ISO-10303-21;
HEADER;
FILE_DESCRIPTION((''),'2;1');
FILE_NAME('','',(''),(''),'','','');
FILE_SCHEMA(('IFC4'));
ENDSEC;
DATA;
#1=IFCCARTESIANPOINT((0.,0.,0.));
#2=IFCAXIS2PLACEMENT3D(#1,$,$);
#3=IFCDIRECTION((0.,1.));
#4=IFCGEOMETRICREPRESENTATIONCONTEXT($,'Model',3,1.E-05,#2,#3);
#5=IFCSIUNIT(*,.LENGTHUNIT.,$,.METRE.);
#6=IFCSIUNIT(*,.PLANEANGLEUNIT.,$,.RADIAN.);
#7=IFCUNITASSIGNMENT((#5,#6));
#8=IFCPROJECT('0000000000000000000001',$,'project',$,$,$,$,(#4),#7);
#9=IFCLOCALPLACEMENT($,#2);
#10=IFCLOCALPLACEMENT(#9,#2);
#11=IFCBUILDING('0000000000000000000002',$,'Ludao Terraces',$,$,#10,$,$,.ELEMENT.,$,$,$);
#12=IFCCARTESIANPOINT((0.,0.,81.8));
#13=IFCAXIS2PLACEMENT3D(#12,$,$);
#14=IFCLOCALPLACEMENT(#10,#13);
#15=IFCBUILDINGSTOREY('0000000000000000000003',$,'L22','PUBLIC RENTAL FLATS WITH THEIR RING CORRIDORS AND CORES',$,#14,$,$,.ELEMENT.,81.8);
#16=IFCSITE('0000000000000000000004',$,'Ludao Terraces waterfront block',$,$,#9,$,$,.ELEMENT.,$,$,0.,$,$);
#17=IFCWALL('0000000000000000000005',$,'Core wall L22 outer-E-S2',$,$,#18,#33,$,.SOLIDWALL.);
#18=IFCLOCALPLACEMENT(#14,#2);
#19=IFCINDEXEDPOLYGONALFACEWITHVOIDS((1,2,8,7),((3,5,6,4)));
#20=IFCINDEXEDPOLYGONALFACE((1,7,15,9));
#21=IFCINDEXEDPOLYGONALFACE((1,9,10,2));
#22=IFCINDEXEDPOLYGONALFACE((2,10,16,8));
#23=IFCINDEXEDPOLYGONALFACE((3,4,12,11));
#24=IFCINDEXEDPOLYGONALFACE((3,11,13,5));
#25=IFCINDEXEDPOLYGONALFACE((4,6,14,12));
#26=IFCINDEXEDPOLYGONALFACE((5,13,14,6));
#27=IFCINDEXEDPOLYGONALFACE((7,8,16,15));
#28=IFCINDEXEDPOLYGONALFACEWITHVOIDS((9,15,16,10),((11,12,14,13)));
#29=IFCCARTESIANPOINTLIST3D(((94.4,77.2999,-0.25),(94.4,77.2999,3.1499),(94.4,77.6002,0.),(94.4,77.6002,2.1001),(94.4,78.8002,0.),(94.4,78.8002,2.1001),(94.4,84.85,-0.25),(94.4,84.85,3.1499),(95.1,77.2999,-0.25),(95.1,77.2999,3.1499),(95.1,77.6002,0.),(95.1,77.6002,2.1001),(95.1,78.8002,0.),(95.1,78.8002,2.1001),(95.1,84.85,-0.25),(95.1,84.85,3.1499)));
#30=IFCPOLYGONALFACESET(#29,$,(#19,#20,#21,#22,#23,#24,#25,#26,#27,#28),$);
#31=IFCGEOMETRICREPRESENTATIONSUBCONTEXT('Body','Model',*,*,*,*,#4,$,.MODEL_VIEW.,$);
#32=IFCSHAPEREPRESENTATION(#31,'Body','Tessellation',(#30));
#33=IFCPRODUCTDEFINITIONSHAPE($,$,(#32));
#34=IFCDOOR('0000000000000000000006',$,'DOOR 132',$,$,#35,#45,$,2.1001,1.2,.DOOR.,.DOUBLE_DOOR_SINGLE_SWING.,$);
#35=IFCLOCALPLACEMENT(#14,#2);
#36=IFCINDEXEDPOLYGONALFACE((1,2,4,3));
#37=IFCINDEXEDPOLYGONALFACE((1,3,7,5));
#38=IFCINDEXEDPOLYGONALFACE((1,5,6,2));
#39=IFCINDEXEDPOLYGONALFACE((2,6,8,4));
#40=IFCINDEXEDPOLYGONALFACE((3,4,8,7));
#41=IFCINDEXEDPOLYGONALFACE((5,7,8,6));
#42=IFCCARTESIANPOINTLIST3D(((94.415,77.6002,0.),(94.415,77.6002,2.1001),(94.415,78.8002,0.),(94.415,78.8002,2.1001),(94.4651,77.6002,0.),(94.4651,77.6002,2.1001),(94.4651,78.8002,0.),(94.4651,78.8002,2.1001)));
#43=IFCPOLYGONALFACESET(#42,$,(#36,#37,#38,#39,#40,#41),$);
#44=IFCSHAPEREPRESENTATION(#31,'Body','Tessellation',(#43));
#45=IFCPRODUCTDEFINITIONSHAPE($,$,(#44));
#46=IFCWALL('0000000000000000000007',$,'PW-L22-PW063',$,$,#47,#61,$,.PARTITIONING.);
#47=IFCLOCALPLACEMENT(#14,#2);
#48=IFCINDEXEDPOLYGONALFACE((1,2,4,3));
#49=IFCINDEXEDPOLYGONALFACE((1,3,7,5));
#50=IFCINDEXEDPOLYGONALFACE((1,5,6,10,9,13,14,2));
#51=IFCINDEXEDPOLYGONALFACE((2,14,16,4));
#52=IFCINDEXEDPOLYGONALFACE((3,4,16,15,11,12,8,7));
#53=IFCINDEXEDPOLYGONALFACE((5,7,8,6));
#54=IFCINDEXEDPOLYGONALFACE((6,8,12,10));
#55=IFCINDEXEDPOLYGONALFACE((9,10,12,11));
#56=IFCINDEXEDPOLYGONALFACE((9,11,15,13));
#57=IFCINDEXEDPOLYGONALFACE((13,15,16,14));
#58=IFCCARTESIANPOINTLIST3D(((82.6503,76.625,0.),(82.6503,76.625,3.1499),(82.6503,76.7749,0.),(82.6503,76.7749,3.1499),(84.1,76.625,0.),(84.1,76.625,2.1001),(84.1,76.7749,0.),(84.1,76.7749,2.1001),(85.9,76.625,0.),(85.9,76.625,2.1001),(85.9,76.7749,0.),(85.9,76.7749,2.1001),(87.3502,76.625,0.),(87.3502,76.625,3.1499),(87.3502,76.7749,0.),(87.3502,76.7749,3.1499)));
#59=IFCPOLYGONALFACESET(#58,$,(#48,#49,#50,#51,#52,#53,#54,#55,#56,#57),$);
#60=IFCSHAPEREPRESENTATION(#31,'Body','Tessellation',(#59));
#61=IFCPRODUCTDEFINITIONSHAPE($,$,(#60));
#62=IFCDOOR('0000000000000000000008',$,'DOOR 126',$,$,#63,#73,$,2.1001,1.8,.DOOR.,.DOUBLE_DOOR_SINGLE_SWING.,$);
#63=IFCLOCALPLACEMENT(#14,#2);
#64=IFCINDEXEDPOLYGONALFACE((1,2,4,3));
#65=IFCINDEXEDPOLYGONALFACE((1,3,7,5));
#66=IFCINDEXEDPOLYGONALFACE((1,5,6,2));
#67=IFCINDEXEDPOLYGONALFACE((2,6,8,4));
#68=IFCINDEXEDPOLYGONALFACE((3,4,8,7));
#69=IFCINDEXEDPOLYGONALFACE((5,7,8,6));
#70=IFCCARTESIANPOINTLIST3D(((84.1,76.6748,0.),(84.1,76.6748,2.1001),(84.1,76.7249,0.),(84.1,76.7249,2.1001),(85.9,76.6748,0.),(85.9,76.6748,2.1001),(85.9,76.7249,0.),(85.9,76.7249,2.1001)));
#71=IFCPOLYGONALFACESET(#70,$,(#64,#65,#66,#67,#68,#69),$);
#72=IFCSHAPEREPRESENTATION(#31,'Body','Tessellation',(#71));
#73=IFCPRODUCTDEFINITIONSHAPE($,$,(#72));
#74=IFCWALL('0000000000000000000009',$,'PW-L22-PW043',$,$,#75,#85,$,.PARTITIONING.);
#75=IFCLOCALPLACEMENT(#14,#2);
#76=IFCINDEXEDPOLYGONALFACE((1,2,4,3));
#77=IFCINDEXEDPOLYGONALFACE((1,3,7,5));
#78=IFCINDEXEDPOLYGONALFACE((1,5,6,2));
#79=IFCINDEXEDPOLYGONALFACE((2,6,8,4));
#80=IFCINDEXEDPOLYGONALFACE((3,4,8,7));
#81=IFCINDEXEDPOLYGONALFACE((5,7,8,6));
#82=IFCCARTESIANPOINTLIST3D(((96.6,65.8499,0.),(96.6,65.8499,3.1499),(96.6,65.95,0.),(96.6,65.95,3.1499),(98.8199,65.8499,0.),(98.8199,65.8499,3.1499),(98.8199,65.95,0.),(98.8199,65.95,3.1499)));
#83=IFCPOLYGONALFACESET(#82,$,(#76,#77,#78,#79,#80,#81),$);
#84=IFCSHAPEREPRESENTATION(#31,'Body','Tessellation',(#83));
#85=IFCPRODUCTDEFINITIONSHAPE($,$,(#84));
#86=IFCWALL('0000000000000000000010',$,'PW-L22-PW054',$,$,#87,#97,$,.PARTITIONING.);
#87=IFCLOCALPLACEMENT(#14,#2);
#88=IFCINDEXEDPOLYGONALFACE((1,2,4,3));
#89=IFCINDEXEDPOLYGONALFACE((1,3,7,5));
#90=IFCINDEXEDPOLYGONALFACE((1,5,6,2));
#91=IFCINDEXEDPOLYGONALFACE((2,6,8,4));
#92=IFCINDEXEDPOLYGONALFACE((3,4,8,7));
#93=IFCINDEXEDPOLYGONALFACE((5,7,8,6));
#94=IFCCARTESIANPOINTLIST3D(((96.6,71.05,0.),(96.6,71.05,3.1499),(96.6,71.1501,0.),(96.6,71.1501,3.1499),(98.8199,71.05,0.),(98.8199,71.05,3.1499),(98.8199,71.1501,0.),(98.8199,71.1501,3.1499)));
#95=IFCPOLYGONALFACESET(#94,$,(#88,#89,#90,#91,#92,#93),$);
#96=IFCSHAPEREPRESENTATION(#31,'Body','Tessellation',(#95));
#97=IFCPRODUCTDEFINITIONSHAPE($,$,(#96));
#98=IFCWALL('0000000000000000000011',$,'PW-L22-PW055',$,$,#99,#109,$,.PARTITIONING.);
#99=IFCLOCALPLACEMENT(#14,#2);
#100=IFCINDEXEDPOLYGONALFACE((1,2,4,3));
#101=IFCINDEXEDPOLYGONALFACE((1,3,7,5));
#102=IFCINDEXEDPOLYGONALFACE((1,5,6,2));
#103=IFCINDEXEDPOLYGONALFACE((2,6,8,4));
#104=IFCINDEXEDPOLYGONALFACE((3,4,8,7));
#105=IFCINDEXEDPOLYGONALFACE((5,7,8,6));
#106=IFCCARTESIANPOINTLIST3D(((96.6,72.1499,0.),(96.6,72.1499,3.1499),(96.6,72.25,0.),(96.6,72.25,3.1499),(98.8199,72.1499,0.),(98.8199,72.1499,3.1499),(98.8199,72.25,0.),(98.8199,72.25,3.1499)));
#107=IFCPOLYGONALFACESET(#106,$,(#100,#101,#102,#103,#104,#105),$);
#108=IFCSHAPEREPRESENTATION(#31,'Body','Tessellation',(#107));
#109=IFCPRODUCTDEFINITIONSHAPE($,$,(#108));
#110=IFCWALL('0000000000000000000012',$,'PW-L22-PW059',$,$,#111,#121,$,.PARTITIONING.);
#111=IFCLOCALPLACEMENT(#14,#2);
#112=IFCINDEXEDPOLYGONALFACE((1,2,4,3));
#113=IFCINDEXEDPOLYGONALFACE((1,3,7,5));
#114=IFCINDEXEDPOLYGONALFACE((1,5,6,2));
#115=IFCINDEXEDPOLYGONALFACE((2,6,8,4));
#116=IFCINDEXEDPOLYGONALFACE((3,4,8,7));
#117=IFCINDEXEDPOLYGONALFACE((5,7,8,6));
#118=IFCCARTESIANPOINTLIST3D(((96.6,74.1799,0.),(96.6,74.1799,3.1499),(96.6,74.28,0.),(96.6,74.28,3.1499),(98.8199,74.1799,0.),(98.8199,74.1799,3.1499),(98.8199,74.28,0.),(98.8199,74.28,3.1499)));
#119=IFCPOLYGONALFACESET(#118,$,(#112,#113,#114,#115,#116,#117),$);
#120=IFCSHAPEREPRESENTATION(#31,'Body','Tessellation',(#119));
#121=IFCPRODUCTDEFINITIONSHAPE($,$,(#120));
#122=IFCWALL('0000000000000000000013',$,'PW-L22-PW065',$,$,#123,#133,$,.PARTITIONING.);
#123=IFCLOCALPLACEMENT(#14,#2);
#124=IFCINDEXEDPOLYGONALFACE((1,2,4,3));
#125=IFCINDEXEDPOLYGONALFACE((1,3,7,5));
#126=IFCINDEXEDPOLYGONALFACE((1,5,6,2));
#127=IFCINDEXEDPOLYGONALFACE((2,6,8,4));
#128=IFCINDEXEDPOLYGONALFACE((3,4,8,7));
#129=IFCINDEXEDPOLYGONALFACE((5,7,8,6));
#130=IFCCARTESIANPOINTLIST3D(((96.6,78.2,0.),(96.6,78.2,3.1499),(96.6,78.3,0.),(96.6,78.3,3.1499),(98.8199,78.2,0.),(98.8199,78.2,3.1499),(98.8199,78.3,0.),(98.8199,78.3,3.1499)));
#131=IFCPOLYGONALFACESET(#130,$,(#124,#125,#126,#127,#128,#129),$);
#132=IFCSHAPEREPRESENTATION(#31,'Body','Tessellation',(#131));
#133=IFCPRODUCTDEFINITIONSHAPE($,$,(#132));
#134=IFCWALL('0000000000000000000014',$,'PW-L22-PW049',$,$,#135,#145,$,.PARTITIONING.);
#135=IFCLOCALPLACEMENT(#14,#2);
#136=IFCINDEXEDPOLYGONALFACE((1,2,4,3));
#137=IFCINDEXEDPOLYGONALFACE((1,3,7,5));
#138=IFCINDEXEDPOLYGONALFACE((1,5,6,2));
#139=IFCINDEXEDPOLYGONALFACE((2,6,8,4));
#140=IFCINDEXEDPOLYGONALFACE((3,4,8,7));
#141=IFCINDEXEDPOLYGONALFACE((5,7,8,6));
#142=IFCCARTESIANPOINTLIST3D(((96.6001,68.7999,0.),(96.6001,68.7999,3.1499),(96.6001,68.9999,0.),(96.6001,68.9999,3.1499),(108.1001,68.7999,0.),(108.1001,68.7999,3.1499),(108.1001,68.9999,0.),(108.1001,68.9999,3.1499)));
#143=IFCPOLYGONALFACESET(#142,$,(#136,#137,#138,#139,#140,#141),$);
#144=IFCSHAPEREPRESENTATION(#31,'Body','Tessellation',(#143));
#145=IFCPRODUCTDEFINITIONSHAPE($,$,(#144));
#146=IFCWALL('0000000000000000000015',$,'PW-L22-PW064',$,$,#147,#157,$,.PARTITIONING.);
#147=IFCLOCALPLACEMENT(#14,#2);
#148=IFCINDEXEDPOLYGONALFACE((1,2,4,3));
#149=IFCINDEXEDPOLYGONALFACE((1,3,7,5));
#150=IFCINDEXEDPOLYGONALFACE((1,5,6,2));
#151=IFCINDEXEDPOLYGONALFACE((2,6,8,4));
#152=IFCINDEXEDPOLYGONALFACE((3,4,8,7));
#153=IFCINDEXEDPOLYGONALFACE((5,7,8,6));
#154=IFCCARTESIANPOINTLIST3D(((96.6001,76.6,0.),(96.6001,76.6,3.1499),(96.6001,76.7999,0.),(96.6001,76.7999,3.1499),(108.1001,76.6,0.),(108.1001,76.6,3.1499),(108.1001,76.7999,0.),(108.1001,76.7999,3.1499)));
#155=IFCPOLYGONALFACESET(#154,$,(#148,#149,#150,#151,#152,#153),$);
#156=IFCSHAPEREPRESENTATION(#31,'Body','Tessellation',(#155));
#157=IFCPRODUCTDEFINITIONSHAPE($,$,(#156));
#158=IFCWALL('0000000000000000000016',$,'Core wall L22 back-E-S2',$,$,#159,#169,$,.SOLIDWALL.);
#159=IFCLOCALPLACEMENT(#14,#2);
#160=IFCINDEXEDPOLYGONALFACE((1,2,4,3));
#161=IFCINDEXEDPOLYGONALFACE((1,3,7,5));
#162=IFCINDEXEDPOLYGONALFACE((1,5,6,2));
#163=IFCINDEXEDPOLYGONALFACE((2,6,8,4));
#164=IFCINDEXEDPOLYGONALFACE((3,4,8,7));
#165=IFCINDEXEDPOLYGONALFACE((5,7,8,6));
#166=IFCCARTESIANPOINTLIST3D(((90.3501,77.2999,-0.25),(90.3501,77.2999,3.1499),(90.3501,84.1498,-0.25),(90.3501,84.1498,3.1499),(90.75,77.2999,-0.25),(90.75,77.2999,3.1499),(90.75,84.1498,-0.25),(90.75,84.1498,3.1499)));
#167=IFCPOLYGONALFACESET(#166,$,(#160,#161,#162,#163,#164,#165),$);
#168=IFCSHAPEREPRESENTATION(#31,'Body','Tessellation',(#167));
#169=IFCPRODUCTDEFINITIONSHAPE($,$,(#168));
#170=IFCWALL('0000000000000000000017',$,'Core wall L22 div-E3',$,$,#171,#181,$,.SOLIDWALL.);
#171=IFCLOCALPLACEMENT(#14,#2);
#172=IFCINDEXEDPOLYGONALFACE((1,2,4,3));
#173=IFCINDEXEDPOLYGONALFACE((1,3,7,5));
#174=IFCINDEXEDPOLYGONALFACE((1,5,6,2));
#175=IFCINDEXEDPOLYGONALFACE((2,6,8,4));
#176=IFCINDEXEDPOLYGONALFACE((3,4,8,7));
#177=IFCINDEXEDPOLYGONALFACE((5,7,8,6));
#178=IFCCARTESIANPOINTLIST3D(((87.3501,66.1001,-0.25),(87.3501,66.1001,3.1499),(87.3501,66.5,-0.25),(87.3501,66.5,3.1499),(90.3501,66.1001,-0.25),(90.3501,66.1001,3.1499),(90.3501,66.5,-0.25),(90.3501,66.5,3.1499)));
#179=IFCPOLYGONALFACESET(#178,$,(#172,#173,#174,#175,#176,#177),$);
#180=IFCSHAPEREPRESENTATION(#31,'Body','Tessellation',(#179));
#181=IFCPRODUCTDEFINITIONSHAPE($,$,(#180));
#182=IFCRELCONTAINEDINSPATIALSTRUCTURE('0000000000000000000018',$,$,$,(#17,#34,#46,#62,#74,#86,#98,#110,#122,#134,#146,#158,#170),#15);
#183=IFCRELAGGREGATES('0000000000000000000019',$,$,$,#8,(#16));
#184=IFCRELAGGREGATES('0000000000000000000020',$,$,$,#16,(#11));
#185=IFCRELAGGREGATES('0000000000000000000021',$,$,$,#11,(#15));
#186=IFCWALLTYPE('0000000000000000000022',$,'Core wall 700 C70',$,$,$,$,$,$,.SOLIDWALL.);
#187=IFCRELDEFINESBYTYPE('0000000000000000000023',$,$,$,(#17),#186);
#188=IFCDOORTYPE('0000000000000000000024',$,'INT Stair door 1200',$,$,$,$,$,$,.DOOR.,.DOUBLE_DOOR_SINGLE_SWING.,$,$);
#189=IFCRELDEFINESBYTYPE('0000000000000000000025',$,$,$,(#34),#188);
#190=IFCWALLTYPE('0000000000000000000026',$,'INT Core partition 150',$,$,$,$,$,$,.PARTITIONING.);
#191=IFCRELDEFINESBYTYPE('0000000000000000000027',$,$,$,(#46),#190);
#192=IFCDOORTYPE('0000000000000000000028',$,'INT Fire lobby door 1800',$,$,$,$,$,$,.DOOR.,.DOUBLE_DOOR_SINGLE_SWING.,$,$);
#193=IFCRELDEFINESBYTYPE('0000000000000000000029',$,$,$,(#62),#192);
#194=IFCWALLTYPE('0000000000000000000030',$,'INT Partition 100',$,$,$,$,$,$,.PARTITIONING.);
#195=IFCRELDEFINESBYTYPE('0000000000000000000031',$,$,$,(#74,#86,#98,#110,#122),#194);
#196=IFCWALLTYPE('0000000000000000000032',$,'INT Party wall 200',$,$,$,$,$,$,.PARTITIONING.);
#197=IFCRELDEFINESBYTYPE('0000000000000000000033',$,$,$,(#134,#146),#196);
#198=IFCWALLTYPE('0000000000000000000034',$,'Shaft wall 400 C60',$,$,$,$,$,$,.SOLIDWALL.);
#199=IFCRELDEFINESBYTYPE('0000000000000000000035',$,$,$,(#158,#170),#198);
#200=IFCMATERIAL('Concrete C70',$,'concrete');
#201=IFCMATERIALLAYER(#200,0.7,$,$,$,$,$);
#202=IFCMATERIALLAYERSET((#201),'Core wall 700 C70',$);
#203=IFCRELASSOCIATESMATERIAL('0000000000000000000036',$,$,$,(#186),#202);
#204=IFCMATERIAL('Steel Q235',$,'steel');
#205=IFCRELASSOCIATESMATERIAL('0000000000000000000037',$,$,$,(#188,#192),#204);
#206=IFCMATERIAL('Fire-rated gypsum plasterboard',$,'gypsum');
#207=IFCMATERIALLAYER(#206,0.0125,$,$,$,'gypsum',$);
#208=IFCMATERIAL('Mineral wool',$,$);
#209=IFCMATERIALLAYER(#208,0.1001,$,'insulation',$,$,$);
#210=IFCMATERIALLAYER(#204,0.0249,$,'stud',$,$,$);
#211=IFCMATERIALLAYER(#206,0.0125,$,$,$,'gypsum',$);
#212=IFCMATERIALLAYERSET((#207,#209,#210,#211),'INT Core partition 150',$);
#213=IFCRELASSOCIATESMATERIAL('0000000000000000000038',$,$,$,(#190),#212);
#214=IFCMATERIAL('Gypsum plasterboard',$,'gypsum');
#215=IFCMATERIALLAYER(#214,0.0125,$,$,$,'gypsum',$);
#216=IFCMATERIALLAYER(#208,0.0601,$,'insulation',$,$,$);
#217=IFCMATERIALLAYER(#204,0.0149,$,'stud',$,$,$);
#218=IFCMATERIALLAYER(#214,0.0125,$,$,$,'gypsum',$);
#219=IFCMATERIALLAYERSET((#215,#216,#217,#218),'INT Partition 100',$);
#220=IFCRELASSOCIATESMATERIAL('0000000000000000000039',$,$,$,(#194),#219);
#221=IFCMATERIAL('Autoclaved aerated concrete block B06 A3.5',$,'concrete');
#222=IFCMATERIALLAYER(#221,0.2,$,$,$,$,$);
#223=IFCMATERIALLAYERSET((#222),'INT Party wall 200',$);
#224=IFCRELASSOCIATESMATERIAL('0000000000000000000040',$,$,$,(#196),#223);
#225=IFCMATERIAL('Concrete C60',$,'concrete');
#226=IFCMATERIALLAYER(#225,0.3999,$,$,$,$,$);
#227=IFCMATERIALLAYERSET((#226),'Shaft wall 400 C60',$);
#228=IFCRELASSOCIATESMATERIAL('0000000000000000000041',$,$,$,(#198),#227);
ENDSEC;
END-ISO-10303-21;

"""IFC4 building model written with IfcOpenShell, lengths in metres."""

from ifc_helpers import new_model, si_unit, direction, frame, frame_2d, origin, place, context, subcontext, project, spatial, rectangle, extrude, material, layer, layer_set, type_object, element, fill, save


model = new_model("IFC4")

# Units and contexts
model_context = context("Model", 3, precision=1e-05, world=origin(), true_north=direction((0.0, 1.0)))
body_context = subcontext(model_context, "Body", "Model", "MODEL_VIEW")
ifc_project = project(units=[si_unit("LENGTHUNIT", "METRE"), si_unit("PLANEANGLEUNIT", "RADIAN")], contexts=[model_context])

# Site, building, storey
site_placement = place(None, origin())
site = spatial("IfcSite", under=ifc_project, at=site_placement, Name="Ludao Terraces waterfront block", CompositionType="ELEMENT", RefElevation=0.0)
building_placement = place(site_placement, origin())
building = spatial("IfcBuilding", under=site, at=building_placement, Name="Ludao Terraces", CompositionType="ELEMENT")
storey_placement = place(building_placement, frame((0.0, 0.0, 81.8)))
storey = spatial("IfcBuildingStorey", under=building, at=storey_placement, Name="L22", Description="PUBLIC RENTAL FLATS WITH THEIR RING CORRIDORS AND CORES", CompositionType="ELEMENT", Elevation=81.8)

# Walls, openings, doors
ifc_material_1 = material(Name="Concrete C70", Category="concrete")
ifc_layer_1 = layer(ifc_material_1, 0.7)
ifc_layer_set_1 = layer_set([ifc_layer_1], Name="Core wall 700 C70")
wall_type_1 = type_object("IfcWallType", Name="Core wall 700 C70", PredefinedType="SOLIDWALL", material=ifc_layer_set_1)
wall_1_placement = place(storey_placement, frame((94.75, 77.3, -0.25), z_axis=(0.0, 0.0, 1.0), x_axis=(0.0, 1.0, 0.0)))
wall_1 = element("IfcWall", 1, at=wall_1_placement, inside=storey, type_object=wall_type_1, Name="Core wall L22 outer-E-S2", PredefinedType="SOLIDWALL", context=body_context, shape_type="SweptSolid", body=[
    extrude(rectangle(XDim=7.55, YDim=0.7, at=frame_2d((3.7749, 0.0))), origin(), (0.0, 0.0, 1.0), 3.3999),
])
opening_1_placement = place(wall_1_placement, frame((0.3, 0.0, 0.25)))
opening_1 = element("IfcOpeningElement", 2, at=opening_1_placement, cuts=wall_1, PredefinedType="OPENING", context=body_context, shape_type="SweptSolid", body=[
    extrude(rectangle(XDim=1.2, YDim=2.1001, at=frame_2d((0.6001, 1.05))), frame((0.0, 0.3599, 0.0), z_axis=(0.0, -1.0, 0.0), x_axis=(1.0, 0.0, 0.0)), (0.0, 0.0, 1.0), 0.72),
])
ifc_material_2 = material(Name="Steel Q235", Category="steel")
door_type_1 = type_object("IfcDoorType", Name="INT Stair door 1200", OperationType="DOUBLE_DOOR_SINGLE_SWING", PredefinedType="DOOR", material=ifc_material_2)
door_1_placement = place(opening_1_placement, origin())
door_1 = element("IfcDoor", 3, at=door_1_placement, inside=storey, type_object=door_type_1, Name="DOOR 132", OperationType="DOUBLE_DOOR_SINGLE_SWING", OverallHeight=2.1001, OverallWidth=1.2, PredefinedType="DOOR", context=body_context, shape_type="SweptSolid", body=[
    extrude(rectangle(XDim=1.2, YDim=2.1001, at=frame_2d((0.6001, 1.05))), frame((0.0, 0.335, 0.0), z_axis=(0.0, -1.0, 0.0), x_axis=(1.0, 0.0, 0.0)), (0.0, 0.0, 1.0), 0.05),
])
fill(opening_1, door_1)
ifc_material_3 = material(Name="Fire-rated gypsum plasterboard", Category="gypsum")
ifc_layer_2 = layer(ifc_material_3, 0.0125, Category="gypsum")
ifc_material_4 = material(Name="Mineral wool")
ifc_layer_3 = layer(ifc_material_4, 0.1001, Name="insulation")
ifc_layer_4 = layer(ifc_material_2, 0.0249, Name="stud")
ifc_layer_5 = layer(ifc_material_3, 0.0125, Category="gypsum")
ifc_layer_set_2 = layer_set([ifc_layer_2, ifc_layer_3, ifc_layer_4, ifc_layer_5], Name="INT Core partition 150")
wall_type_2 = type_object("IfcWallType", Name="INT Core partition 150", PredefinedType="PARTITIONING", material=ifc_layer_set_2)
wall_2_placement = place(storey_placement, frame((82.6501, 76.7, 0.0), z_axis=(0.0, 0.0, 1.0), x_axis=(1.0, 0.0, 0.0)))
wall_2 = element("IfcWall", 4, at=wall_2_placement, inside=storey, type_object=wall_type_2, Name="PW-L22-PW063", PredefinedType="PARTITIONING", context=body_context, shape_type="SweptSolid", body=[
    extrude(rectangle(XDim=4.7, YDim=0.1499, at=frame_2d((2.3501, 0.0))), origin(), (0.0, 0.0, 1.0), 3.1499),
])
opening_2_placement = place(wall_2_placement, frame((1.45, 0.0, 0.0)))
opening_2 = element("IfcOpeningElement", 5, at=opening_2_placement, cuts=wall_2, PredefinedType="OPENING", context=body_context, shape_type="SweptSolid", body=[
    extrude(rectangle(XDim=1.8, YDim=2.1001, at=frame_2d((0.8999, 1.05))), frame((0.0, 0.085, 0.0), z_axis=(0.0, -1.0, 0.0), x_axis=(1.0, 0.0, 0.0)), (0.0, 0.0, 1.0), 0.1699),
])
door_type_2 = type_object("IfcDoorType", Name="INT Fire lobby door 1800", OperationType="DOUBLE_DOOR_SINGLE_SWING", PredefinedType="DOOR", material=ifc_material_2)
door_2_placement = place(opening_2_placement, origin())
door_2 = element("IfcDoor", 6, at=door_2_placement, inside=storey, type_object=door_type_2, Name="DOOR 126", OperationType="DOUBLE_DOOR_SINGLE_SWING", OverallHeight=2.1001, OverallWidth=1.8, PredefinedType="DOOR", context=body_context, shape_type="SweptSolid", body=[
    extrude(rectangle(XDim=1.8, YDim=2.1001, at=frame_2d((0.8999, 1.05))), frame((0.0, 0.0249, 0.0), z_axis=(0.0, -1.0, 0.0), x_axis=(1.0, 0.0, 0.0)), (0.0, 0.0, 1.0), 0.05),
])
fill(opening_2, door_2)

# Walls
ifc_material_5 = material(Name="Gypsum plasterboard", Category="gypsum")
ifc_layer_6 = layer(ifc_material_5, 0.0125, Category="gypsum")
ifc_layer_7 = layer(ifc_material_4, 0.0601, Name="insulation")
ifc_layer_8 = layer(ifc_material_2, 0.0149, Name="stud")
ifc_layer_9 = layer(ifc_material_5, 0.0125, Category="gypsum")
ifc_layer_set_3 = layer_set([ifc_layer_6, ifc_layer_7, ifc_layer_8, ifc_layer_9], Name="INT Partition 100")
wall_type_3 = type_object("IfcWallType", Name="INT Partition 100", PredefinedType="PARTITIONING", material=ifc_layer_set_3)
for number, where, z_axis, x_axis, name in (
    (7, (96.6001, 65.8999, 0.0), (0.0, 0.0, 1.0), (1.0, 0.0, 0.0), "PW-L22-PW043"),
    (8, (96.6001, 71.1001, 0.0), (0.0, 0.0, 1.0), (1.0, 0.0, 0.0), "PW-L22-PW054"),
    (9, (96.6001, 72.2, 0.0), (0.0, 0.0, 1.0), (1.0, 0.0, 0.0), "PW-L22-PW055"),
    (10, (96.6001, 74.23, 0.0), (0.0, 0.0, 1.0), (1.0, 0.0, 0.0), "PW-L22-PW059"),
    (11, (96.6001, 78.25, 0.0), (0.0, 0.0, 1.0), (1.0, 0.0, 0.0), "PW-L22-PW065"),
):
    element("IfcWall", number, at=place(storey_placement, frame(where, z_axis=z_axis, x_axis=x_axis)), inside=storey, type_object=wall_type_3, Name=name, PredefinedType="PARTITIONING", context=body_context, shape_type="SweptSolid", body=[
        extrude(rectangle(XDim=2.22, YDim=0.1001, at=frame_2d((1.1099, 0.0))), origin(), (0.0, 0.0, 1.0), 3.1499),
    ])
ifc_material_6 = material(Name="Autoclaved aerated concrete block B06 A3.5", Category="concrete")
ifc_layer_10 = layer(ifc_material_6, 0.2)
ifc_layer_set_4 = layer_set([ifc_layer_10], Name="INT Party wall 200")
wall_type_4 = type_object("IfcWallType", Name="INT Party wall 200", PredefinedType="PARTITIONING", material=ifc_layer_set_4)
for number, where, z_axis, x_axis, name in (
    (12, (96.6001, 68.8999, 0.0), (0.0, 0.0, 1.0), (1.0, 0.0, 0.0), "PW-L22-PW049"),
    (13, (96.6001, 76.7, 0.0), (0.0, 0.0, 1.0), (1.0, 0.0, 0.0), "PW-L22-PW064"),
):
    element("IfcWall", number, at=place(storey_placement, frame(where, z_axis=z_axis, x_axis=x_axis)), inside=storey, type_object=wall_type_4, Name=name, PredefinedType="PARTITIONING", context=body_context, shape_type="SweptSolid", body=[
        extrude(rectangle(XDim=11.5, YDim=0.2, at=frame_2d((5.75, 0.0))), origin(), (0.0, 0.0, 1.0), 3.1499),
    ])
ifc_material_7 = material(Name="Concrete C60", Category="concrete")
ifc_layer_11 = layer(ifc_material_7, 0.3999)
ifc_layer_set_5 = layer_set([ifc_layer_11], Name="Shaft wall 400 C60")
wall_type_5 = type_object("IfcWallType", Name="Shaft wall 400 C60", PredefinedType="SOLIDWALL", material=ifc_layer_set_5)
wall_3_placement = place(storey_placement, frame((90.55, 77.3, -0.25), z_axis=(0.0, 0.0, 1.0), x_axis=(0.0, 1.0, 0.0)))
element("IfcWall", 14, at=wall_3_placement, inside=storey, type_object=wall_type_5, Name="Core wall L22 back-E-S2", PredefinedType="SOLIDWALL", context=body_context, shape_type="SweptSolid", body=[
    extrude(rectangle(XDim=6.8499, YDim=0.3999, at=frame_2d((3.4248, 0.0))), origin(), (0.0, 0.0, 1.0), 3.3999),
])
wall_4_placement = place(storey_placement, frame((87.3501, 66.3, -0.25), z_axis=(0.0, 0.0, 1.0), x_axis=(1.0, 0.0, 0.0)))
element("IfcWall", 15, at=wall_4_placement, inside=storey, type_object=wall_type_5, Name="Core wall L22 div-E3", PredefinedType="SOLIDWALL", context=body_context, shape_type="SweptSolid", body=[
    extrude(rectangle(XDim=3.0, YDim=0.3999, at=frame_2d((1.5, 0.0))), origin(), (0.0, 0.0, 1.0), 3.3999),
])

save(model, "model.ifc")
